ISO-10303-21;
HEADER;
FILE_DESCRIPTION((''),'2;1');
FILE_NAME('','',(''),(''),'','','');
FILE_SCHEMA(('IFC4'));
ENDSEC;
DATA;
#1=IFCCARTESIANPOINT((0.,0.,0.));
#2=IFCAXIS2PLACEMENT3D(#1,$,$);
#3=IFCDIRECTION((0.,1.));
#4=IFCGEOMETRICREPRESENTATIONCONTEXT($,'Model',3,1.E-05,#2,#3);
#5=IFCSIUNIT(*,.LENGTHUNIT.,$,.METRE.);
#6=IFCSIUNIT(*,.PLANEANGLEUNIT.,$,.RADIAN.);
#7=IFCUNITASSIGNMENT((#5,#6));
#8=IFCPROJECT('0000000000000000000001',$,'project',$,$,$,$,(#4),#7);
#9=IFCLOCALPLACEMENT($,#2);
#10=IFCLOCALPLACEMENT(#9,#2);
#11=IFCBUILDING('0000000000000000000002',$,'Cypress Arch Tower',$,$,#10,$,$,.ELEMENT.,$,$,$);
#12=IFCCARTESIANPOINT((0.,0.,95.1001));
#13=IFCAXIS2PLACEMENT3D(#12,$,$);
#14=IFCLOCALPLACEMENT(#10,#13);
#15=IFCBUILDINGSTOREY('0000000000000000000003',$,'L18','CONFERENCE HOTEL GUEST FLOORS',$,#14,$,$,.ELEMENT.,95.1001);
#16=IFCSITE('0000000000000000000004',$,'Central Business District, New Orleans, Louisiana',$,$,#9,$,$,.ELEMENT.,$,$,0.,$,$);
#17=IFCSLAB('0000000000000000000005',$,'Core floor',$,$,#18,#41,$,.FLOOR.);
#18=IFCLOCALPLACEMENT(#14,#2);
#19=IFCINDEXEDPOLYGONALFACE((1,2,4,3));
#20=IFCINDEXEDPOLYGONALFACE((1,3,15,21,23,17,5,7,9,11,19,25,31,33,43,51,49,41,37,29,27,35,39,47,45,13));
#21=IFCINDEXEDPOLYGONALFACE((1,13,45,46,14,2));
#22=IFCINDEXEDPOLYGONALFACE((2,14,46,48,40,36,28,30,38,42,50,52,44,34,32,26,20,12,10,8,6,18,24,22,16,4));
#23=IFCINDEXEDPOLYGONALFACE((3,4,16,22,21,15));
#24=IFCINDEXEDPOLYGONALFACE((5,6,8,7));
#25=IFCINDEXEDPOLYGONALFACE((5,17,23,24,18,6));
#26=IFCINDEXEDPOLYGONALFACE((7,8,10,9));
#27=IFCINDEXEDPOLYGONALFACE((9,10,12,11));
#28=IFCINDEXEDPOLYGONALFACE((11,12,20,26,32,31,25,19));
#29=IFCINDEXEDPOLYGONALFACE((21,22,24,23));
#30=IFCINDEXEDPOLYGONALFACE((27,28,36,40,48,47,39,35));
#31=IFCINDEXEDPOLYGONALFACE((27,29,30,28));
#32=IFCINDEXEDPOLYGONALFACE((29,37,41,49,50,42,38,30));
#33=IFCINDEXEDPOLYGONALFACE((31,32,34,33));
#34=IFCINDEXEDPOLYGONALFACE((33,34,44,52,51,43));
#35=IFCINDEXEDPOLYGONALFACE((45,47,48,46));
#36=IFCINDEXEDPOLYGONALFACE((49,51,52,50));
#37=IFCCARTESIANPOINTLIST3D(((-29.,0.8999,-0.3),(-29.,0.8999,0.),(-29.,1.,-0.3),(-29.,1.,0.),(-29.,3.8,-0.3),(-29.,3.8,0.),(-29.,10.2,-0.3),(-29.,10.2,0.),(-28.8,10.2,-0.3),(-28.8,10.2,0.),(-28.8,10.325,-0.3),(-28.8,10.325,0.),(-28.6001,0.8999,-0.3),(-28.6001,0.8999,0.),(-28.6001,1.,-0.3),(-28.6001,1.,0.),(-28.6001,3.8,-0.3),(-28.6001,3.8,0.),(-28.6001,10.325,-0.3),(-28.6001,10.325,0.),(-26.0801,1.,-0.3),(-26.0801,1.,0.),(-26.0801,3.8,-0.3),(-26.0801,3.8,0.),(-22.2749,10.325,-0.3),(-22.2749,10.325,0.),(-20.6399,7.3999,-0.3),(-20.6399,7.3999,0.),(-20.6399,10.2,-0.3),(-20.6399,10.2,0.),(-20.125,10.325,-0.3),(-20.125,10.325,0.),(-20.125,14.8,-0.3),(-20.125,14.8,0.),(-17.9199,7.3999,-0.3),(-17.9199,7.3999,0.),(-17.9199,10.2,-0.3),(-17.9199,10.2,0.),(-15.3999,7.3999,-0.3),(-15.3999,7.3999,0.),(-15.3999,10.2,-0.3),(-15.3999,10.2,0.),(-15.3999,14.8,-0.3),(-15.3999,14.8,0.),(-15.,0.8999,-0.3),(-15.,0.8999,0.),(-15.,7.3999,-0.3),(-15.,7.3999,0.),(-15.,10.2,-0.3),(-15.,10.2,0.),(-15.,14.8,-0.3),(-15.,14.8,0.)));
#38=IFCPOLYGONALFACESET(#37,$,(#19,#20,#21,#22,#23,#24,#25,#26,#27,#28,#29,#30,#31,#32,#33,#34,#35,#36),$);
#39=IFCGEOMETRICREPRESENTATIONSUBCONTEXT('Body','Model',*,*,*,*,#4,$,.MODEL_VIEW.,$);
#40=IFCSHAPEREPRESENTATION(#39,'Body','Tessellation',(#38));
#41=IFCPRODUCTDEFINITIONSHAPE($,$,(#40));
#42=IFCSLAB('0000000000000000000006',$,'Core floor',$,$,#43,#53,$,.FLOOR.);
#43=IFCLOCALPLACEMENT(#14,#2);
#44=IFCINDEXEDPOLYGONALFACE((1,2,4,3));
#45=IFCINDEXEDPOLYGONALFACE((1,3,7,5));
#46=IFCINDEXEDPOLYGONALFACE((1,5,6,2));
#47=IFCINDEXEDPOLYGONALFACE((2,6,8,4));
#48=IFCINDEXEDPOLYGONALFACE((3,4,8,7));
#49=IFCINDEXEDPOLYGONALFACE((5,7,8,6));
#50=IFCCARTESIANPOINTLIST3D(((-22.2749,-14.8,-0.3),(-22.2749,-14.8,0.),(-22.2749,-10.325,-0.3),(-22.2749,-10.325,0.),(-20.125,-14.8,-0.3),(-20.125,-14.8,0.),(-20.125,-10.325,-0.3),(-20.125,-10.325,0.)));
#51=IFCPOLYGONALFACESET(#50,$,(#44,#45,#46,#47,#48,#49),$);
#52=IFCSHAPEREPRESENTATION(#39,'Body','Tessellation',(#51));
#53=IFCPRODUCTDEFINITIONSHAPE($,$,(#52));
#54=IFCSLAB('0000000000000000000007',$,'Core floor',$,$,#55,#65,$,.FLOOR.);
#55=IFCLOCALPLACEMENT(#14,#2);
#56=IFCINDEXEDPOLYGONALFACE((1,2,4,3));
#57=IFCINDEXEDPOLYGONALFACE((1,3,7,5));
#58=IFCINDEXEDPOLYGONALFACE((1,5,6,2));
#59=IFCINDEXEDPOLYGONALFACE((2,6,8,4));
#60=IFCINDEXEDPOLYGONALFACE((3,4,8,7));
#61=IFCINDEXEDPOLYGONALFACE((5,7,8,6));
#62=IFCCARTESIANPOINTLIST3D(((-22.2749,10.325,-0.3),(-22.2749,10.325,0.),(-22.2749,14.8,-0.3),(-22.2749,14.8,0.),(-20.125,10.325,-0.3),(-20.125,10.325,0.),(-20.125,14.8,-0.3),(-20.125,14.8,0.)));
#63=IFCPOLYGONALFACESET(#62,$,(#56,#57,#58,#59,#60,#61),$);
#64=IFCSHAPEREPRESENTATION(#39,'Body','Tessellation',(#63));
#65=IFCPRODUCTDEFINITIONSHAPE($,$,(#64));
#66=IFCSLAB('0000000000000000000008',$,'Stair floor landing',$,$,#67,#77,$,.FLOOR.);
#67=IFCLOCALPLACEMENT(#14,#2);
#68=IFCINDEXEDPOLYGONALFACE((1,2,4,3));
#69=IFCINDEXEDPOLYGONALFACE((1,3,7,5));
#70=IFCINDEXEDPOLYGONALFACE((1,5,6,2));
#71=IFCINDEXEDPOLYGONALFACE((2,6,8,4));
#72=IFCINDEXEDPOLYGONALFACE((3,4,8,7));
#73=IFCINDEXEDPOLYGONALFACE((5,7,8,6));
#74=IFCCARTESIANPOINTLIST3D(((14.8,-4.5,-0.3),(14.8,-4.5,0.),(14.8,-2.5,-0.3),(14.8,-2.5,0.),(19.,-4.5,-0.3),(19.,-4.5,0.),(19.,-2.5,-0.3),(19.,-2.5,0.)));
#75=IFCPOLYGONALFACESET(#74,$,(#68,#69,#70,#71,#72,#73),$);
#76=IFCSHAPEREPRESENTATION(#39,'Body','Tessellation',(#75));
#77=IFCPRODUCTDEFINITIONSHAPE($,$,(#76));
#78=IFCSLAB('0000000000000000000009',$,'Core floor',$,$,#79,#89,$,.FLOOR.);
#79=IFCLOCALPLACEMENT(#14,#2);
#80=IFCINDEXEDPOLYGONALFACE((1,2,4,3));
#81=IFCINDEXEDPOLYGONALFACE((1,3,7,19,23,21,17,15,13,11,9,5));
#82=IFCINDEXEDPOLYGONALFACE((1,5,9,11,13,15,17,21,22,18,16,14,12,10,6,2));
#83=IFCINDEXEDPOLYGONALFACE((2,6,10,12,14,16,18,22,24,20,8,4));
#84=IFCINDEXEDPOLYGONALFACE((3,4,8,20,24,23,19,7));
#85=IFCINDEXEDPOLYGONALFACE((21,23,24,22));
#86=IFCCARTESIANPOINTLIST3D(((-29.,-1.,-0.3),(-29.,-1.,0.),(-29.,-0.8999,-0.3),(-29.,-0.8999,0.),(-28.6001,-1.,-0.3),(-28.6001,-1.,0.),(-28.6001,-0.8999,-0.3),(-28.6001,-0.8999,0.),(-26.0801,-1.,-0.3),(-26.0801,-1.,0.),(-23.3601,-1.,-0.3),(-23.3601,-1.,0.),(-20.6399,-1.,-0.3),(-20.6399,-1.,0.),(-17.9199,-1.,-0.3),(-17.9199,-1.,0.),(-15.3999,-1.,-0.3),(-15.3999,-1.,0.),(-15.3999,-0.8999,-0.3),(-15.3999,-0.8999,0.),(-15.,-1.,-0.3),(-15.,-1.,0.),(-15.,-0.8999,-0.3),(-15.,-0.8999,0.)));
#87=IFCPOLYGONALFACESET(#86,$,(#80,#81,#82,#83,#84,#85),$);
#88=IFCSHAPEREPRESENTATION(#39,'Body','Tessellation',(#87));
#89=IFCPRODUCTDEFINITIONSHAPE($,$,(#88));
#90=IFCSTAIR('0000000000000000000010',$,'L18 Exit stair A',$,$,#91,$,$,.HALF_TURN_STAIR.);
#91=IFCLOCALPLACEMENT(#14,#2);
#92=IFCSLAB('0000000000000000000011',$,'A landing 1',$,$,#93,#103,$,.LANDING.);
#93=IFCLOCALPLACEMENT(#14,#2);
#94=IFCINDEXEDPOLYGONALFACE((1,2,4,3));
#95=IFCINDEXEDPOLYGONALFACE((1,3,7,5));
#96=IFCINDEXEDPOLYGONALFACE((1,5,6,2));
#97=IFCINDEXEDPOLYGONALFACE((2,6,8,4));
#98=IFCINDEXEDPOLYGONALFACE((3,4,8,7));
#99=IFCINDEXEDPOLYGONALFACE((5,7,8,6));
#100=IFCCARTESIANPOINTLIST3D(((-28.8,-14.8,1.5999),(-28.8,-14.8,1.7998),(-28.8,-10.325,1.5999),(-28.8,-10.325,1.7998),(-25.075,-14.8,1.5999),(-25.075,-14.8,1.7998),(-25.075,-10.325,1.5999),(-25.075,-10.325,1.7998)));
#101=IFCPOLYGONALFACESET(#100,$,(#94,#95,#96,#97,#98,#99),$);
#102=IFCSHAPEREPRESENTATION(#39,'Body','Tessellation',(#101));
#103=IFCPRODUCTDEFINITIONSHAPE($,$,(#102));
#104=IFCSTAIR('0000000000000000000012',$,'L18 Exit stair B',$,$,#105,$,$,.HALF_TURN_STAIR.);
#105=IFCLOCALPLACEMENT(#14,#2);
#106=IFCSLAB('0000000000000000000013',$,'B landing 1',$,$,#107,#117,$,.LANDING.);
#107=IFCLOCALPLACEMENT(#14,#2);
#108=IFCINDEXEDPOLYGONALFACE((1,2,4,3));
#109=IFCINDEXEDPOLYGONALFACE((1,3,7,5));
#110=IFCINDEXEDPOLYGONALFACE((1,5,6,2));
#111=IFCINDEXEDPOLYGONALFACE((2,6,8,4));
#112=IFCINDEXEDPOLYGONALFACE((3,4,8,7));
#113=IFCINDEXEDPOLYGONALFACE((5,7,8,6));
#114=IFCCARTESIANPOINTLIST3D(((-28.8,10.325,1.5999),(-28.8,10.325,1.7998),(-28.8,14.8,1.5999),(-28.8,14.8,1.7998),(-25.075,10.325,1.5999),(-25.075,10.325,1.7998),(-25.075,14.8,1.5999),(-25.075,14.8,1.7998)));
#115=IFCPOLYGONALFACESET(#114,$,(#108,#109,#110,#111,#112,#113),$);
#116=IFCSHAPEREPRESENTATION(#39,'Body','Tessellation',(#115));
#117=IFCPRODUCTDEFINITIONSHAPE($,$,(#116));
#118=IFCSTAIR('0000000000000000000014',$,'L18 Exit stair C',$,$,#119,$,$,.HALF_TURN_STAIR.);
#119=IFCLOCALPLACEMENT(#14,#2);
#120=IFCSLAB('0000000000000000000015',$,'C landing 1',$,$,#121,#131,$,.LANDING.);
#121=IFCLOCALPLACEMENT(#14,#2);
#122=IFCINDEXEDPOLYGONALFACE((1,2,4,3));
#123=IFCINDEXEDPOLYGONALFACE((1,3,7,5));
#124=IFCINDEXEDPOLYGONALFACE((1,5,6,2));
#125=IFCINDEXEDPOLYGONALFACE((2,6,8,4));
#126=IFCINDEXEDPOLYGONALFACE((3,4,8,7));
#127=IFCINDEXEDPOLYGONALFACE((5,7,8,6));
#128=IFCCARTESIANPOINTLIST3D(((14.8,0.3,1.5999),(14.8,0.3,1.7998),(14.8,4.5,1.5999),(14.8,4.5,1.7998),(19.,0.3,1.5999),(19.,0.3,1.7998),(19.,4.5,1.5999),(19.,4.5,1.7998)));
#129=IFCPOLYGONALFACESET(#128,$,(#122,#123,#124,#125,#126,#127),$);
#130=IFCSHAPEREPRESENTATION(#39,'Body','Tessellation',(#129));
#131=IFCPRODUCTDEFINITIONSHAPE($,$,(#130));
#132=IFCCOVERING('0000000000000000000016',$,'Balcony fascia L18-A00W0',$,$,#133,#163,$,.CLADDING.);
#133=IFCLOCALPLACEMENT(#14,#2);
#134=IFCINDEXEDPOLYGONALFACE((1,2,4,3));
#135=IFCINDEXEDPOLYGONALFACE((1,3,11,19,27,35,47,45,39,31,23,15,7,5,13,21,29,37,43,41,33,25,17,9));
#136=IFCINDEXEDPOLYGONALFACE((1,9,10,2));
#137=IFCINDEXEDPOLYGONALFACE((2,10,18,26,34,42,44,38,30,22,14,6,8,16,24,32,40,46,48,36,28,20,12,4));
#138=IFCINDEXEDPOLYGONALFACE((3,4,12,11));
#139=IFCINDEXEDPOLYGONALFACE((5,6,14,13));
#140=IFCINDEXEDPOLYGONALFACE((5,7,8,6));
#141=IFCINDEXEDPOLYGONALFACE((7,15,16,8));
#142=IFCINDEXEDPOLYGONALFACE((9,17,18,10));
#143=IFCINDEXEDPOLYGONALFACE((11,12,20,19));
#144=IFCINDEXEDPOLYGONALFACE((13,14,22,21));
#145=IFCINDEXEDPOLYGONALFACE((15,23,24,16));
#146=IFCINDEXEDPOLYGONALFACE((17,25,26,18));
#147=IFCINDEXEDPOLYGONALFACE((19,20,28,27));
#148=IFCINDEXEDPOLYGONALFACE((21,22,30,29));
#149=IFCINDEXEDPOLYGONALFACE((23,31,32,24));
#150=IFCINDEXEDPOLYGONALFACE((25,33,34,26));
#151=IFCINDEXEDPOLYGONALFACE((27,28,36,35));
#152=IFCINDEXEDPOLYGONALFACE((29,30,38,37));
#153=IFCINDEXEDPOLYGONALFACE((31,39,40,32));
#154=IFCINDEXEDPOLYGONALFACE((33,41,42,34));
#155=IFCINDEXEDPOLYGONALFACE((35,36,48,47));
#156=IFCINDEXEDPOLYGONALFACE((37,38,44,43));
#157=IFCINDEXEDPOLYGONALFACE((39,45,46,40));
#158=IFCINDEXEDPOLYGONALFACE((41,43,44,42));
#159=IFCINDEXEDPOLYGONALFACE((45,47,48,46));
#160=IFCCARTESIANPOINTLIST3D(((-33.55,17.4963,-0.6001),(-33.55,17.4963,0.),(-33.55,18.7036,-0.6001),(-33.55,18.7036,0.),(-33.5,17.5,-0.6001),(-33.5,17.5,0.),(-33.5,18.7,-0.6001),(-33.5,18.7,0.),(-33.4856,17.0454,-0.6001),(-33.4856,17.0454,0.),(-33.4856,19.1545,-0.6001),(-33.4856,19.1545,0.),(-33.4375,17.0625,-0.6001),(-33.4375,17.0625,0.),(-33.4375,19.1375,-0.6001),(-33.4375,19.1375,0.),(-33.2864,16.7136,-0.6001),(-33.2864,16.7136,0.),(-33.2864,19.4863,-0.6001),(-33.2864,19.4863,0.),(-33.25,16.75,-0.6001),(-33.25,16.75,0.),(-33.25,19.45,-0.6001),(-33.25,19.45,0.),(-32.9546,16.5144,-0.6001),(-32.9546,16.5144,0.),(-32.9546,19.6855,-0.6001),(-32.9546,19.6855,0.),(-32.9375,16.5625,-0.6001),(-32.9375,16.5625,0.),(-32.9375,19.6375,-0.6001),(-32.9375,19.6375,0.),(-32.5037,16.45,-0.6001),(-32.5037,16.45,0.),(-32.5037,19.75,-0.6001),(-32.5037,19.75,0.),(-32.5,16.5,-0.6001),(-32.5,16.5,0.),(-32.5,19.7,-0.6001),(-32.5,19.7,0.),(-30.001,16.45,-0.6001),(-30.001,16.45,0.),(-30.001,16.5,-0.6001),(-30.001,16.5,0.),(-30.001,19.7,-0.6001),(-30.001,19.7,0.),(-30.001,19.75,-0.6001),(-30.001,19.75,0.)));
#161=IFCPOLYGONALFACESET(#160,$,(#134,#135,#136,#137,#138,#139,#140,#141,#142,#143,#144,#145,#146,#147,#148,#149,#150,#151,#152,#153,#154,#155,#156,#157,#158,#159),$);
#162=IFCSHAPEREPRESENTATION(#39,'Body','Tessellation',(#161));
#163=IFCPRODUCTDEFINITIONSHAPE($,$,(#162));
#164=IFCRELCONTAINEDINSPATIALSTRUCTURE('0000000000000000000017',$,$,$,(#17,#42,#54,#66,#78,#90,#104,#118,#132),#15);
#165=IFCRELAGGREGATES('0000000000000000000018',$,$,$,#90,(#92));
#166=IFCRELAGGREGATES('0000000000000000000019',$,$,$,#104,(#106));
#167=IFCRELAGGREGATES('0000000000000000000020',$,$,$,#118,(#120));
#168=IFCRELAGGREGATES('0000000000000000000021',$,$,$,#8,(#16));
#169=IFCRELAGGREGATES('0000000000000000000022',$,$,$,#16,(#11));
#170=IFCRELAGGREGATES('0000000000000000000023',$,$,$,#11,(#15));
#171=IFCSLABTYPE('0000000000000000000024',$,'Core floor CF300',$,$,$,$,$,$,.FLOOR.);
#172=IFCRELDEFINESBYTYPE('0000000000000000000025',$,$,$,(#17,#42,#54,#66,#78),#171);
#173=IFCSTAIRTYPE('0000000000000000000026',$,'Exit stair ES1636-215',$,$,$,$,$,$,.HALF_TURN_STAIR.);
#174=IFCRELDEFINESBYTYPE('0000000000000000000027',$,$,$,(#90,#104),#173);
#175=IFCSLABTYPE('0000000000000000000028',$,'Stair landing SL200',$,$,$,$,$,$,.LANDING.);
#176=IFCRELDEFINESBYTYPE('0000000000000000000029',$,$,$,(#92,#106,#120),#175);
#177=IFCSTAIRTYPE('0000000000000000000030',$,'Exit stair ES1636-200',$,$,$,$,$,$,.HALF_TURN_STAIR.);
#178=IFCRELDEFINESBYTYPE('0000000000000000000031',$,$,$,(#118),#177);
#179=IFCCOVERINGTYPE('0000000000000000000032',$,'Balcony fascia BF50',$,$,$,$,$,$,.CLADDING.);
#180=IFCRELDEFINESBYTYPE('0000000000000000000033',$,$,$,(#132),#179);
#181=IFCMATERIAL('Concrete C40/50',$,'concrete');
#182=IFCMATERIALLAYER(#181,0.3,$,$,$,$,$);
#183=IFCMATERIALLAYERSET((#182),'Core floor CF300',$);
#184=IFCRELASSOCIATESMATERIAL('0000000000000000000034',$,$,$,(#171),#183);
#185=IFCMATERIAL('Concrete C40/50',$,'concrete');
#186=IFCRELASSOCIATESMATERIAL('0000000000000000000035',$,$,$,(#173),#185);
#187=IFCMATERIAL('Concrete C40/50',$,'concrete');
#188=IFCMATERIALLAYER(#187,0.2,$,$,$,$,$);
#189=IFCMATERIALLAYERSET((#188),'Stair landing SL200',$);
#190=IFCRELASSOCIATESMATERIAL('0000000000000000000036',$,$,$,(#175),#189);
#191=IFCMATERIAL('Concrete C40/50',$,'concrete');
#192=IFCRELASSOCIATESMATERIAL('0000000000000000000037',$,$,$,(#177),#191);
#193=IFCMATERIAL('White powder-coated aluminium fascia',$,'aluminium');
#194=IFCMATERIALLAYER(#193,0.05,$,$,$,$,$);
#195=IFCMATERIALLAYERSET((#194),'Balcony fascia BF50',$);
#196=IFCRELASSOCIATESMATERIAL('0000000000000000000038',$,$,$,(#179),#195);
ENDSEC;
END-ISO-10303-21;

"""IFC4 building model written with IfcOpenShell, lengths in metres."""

from ifc_helpers import new_model, si_unit, direction, frame, origin, place, context, subcontext, project, spatial, polyline, outline, extrude, material, layer, layer_set, type_object, element, aggregate, save


model = new_model("IFC4")

# Units and contexts
model_context = context("Model", 3, precision=1e-05, world=origin(), true_north=direction((0.0, 1.0)))
body_context = subcontext(model_context, "Body", "Model", "MODEL_VIEW")
ifc_project = project(units=[si_unit("LENGTHUNIT", "METRE"), si_unit("PLANEANGLEUNIT", "RADIAN")], contexts=[model_context])

# Site, building, storey
site_placement = place(None, origin())
site = spatial("IfcSite", under=ifc_project, at=site_placement, Name="Central Business District, New Orleans, Louisiana", CompositionType="ELEMENT", RefElevation=0.0)
building_placement = place(site_placement, origin())
building = spatial("IfcBuilding", under=site, at=building_placement, Name="Cypress Arch Tower", CompositionType="ELEMENT")
storey_placement = place(building_placement, frame((0.0, 0.0, 95.1001)))
storey = spatial("IfcBuildingStorey", under=building, at=storey_placement, Name="L18", Description="CONFERENCE HOTEL GUEST FLOORS", CompositionType="ELEMENT", Elevation=95.1001)

# Slabs
ifc_material_1 = material(Name="Concrete C40/50", Category="concrete")
ifc_layer_1 = layer(ifc_material_1, 0.3)
ifc_layer_set_1 = layer_set([ifc_layer_1], Name="Core floor CF300")
slab_type_1 = type_object("IfcSlabType", Name="Core floor CF300", PredefinedType="FLOOR", material=ifc_layer_set_1)
slab_1_placement = place(storey_placement, frame((0.0, 0.0, -0.3)))
element("IfcSlab", 1, at=slab_1_placement, inside=storey, type_object=slab_type_1, Name="Core floor", PredefinedType="FLOOR", context=body_context, shape_type="SweptSolid", body=[
    extrude(outline(polyline([(-29.0, 3.8), (-29.0, 10.2), (-28.8, 10.2), (-28.8, 10.325), (-28.6001, 10.325), (-22.2749, 10.325), (-20.125, 10.325), (-20.125, 14.8), (-15.3999, 14.8), (-15.0, 14.8), (-15.0, 10.2), (-15.3999, 10.2), (-17.9199, 10.2), (-20.6399, 10.2), (-20.6399, 7.3999), (-17.9199, 7.3999), (-15.3999, 7.3999), (-15.0, 7.3999), (-15.0, 0.8999), (-28.6001, 0.8999), (-29.0, 0.8999), (-29.0, 1.0), (-28.6001, 1.0), (-26.0801, 1.0), (-26.0801, 3.8), (-28.6001, 3.8), (-29.0, 3.8)])), origin(), (0.0, 0.0, 1.0), 0.3),
])
slab_2_placement = place(storey_placement, frame((0.0, 0.0, -0.3)))
element("IfcSlab", 2, at=slab_2_placement, inside=storey, type_object=slab_type_1, Name="Core floor", PredefinedType="FLOOR", context=body_context, shape_type="SweptSolid", body=[
    extrude(outline(polyline([(-22.2749, -10.325), (-22.2749, -14.8), (-20.125, -14.8), (-20.125, -10.325), (-22.2749, -10.325)])), origin(), (0.0, 0.0, 1.0), 0.3),
])
slab_3_placement = place(storey_placement, frame((0.0, 0.0, -0.3)))
element("IfcSlab", 3, at=slab_3_placement, inside=storey, type_object=slab_type_1, Name="Core floor", PredefinedType="FLOOR", context=body_context, shape_type="SweptSolid", body=[
    extrude(outline(polyline([(-20.125, 14.8), (-22.2749, 14.8), (-22.2749, 10.325), (-20.125, 10.325), (-20.125, 14.8)])), origin(), (0.0, 0.0, 1.0), 0.3),
])
slab_4_placement = place(storey_placement, frame((0.0, 0.0, -0.3)))
element("IfcSlab", 4, at=slab_4_placement, inside=storey, type_object=slab_type_1, Name="Stair floor landing", PredefinedType="FLOOR", context=body_context, shape_type="SweptSolid", body=[
    extrude(outline(polyline([(19.0, -4.5), (19.0, -2.5), (14.8, -2.5), (14.8, -4.5), (19.0, -4.5)])), origin(), (0.0, 0.0, 1.0), 0.3),
])
slab_5_placement = place(storey_placement, frame((0.0, 0.0, -0.3)))
element("IfcSlab", 5, at=slab_5_placement, inside=storey, type_object=slab_type_1, Name="Core floor", PredefinedType="FLOOR", context=body_context, shape_type="SweptSolid", body=[
    extrude(outline(polyline([(-20.6399, -1.0), (-23.3601, -1.0), (-26.0801, -1.0), (-28.6001, -1.0), (-29.0, -1.0), (-29.0, -0.8999), (-28.6001, -0.8999), (-15.3999, -0.8999), (-15.0, -0.8999), (-15.0, -1.0), (-15.3999, -1.0), (-17.9199, -1.0), (-20.6399, -1.0)])), origin(), (0.0, 0.0, 1.0), 0.3),
])

# Stairs, slabs
ifc_material_2 = material(Name="Concrete C40/50", Category="concrete")
stair_type_1 = type_object("IfcStairType", Name="Exit stair ES1636-215", PredefinedType="HALF_TURN_STAIR", material=ifc_material_2)
stair_1_placement = place(storey_placement, origin())
stair_1 = element("IfcStair", 6, at=stair_1_placement, inside=storey, type_object=stair_type_1, Name="L18 Exit stair A", PredefinedType="HALF_TURN_STAIR")
ifc_material_3 = material(Name="Concrete C40/50", Category="concrete")
ifc_layer_2 = layer(ifc_material_3, 0.2)
ifc_layer_set_2 = layer_set([ifc_layer_2], Name="Stair landing SL200")
slab_type_2 = type_object("IfcSlabType", Name="Stair landing SL200", PredefinedType="LANDING", material=ifc_layer_set_2)
slab_6_placement = place(storey_placement, frame((0.0, 0.0, 1.5999)))
slab_6 = element("IfcSlab", 7, at=slab_6_placement, type_object=slab_type_2, Name="A landing 1", PredefinedType="LANDING", context=body_context, shape_type="SweptSolid", body=[
    extrude(outline(polyline([(-25.075, -10.325), (-28.8, -10.325), (-28.8, -14.8), (-25.075, -14.8), (-25.075, -10.325)])), origin(), (0.0, 0.0, 1.0), 0.2),
])
aggregate(stair_1, [slab_6])
stair_2_placement = place(storey_placement, origin())
stair_2 = element("IfcStair", 8, at=stair_2_placement, inside=storey, type_object=stair_type_1, Name="L18 Exit stair B", PredefinedType="HALF_TURN_STAIR")
slab_7_placement = place(storey_placement, frame((0.0, 0.0, 1.5999)))
slab_7 = element("IfcSlab", 9, at=slab_7_placement, type_object=slab_type_2, Name="B landing 1", PredefinedType="LANDING", context=body_context, shape_type="SweptSolid", body=[
    extrude(outline(polyline([(-25.075, 14.8), (-28.8, 14.8), (-28.8, 10.325), (-25.075, 10.325), (-25.075, 14.8)])), origin(), (0.0, 0.0, 1.0), 0.2),
])
aggregate(stair_2, [slab_7])
ifc_material_4 = material(Name="Concrete C40/50", Category="concrete")
stair_type_2 = type_object("IfcStairType", Name="Exit stair ES1636-200", PredefinedType="HALF_TURN_STAIR", material=ifc_material_4)
stair_3_placement = place(storey_placement, origin())
stair_3 = element("IfcStair", 10, at=stair_3_placement, inside=storey, type_object=stair_type_2, Name="L18 Exit stair C", PredefinedType="HALF_TURN_STAIR")
slab_8_placement = place(storey_placement, frame((0.0, 0.0, 1.5999)))
slab_8 = element("IfcSlab", 11, at=slab_8_placement, type_object=slab_type_2, Name="C landing 1", PredefinedType="LANDING", context=body_context, shape_type="SweptSolid", body=[
    extrude(outline(polyline([(19.0, 0.3), (19.0, 4.5), (14.8, 4.5), (14.8, 0.3), (19.0, 0.3)])), origin(), (0.0, 0.0, 1.0), 0.2),
])
aggregate(stair_3, [slab_8])

# Covering
ifc_material_5 = material(Name="White powder-coated aluminium fascia", Category="aluminium")
ifc_layer_3 = layer(ifc_material_5, 0.05)
ifc_layer_set_3 = layer_set([ifc_layer_3], Name="Balcony fascia BF50")
covering_type_1 = type_object("IfcCoveringType", Name="Balcony fascia BF50", PredefinedType="CLADDING", material=ifc_layer_set_3)
covering_1_placement = place(storey_placement, frame((0.0, 0.0, -0.6001)))
element("IfcCovering", 12, at=covering_1_placement, inside=storey, type_object=covering_type_1, Name="Balcony fascia L18-A00W0", PredefinedType="CLADDING", context=body_context, shape_type="SweptSolid", body=[
    extrude(outline(polyline([(-32.5037, 16.45), (-32.9546, 16.5144), (-33.2864, 16.7136), (-33.4856, 17.0454), (-33.55, 17.4963), (-33.55, 18.7036), (-33.4856, 19.1545), (-33.2864, 19.4863), (-32.9546, 19.6855), (-32.5037, 19.75), (-30.001, 19.75), (-30.001, 19.7), (-32.5, 19.7), (-32.9375, 19.6375), (-33.25, 19.45), (-33.4375, 19.1375), (-33.5, 18.7), (-33.5, 17.5), (-33.4375, 17.0625), (-33.25, 16.75), (-32.9375, 16.5625), (-32.5, 16.5), (-30.001, 16.5), (-30.001, 16.45), (-32.5037, 16.45)])), origin(), (0.0, 0.0, 1.0), 0.6001),
])

save(model, "model.ifc")
